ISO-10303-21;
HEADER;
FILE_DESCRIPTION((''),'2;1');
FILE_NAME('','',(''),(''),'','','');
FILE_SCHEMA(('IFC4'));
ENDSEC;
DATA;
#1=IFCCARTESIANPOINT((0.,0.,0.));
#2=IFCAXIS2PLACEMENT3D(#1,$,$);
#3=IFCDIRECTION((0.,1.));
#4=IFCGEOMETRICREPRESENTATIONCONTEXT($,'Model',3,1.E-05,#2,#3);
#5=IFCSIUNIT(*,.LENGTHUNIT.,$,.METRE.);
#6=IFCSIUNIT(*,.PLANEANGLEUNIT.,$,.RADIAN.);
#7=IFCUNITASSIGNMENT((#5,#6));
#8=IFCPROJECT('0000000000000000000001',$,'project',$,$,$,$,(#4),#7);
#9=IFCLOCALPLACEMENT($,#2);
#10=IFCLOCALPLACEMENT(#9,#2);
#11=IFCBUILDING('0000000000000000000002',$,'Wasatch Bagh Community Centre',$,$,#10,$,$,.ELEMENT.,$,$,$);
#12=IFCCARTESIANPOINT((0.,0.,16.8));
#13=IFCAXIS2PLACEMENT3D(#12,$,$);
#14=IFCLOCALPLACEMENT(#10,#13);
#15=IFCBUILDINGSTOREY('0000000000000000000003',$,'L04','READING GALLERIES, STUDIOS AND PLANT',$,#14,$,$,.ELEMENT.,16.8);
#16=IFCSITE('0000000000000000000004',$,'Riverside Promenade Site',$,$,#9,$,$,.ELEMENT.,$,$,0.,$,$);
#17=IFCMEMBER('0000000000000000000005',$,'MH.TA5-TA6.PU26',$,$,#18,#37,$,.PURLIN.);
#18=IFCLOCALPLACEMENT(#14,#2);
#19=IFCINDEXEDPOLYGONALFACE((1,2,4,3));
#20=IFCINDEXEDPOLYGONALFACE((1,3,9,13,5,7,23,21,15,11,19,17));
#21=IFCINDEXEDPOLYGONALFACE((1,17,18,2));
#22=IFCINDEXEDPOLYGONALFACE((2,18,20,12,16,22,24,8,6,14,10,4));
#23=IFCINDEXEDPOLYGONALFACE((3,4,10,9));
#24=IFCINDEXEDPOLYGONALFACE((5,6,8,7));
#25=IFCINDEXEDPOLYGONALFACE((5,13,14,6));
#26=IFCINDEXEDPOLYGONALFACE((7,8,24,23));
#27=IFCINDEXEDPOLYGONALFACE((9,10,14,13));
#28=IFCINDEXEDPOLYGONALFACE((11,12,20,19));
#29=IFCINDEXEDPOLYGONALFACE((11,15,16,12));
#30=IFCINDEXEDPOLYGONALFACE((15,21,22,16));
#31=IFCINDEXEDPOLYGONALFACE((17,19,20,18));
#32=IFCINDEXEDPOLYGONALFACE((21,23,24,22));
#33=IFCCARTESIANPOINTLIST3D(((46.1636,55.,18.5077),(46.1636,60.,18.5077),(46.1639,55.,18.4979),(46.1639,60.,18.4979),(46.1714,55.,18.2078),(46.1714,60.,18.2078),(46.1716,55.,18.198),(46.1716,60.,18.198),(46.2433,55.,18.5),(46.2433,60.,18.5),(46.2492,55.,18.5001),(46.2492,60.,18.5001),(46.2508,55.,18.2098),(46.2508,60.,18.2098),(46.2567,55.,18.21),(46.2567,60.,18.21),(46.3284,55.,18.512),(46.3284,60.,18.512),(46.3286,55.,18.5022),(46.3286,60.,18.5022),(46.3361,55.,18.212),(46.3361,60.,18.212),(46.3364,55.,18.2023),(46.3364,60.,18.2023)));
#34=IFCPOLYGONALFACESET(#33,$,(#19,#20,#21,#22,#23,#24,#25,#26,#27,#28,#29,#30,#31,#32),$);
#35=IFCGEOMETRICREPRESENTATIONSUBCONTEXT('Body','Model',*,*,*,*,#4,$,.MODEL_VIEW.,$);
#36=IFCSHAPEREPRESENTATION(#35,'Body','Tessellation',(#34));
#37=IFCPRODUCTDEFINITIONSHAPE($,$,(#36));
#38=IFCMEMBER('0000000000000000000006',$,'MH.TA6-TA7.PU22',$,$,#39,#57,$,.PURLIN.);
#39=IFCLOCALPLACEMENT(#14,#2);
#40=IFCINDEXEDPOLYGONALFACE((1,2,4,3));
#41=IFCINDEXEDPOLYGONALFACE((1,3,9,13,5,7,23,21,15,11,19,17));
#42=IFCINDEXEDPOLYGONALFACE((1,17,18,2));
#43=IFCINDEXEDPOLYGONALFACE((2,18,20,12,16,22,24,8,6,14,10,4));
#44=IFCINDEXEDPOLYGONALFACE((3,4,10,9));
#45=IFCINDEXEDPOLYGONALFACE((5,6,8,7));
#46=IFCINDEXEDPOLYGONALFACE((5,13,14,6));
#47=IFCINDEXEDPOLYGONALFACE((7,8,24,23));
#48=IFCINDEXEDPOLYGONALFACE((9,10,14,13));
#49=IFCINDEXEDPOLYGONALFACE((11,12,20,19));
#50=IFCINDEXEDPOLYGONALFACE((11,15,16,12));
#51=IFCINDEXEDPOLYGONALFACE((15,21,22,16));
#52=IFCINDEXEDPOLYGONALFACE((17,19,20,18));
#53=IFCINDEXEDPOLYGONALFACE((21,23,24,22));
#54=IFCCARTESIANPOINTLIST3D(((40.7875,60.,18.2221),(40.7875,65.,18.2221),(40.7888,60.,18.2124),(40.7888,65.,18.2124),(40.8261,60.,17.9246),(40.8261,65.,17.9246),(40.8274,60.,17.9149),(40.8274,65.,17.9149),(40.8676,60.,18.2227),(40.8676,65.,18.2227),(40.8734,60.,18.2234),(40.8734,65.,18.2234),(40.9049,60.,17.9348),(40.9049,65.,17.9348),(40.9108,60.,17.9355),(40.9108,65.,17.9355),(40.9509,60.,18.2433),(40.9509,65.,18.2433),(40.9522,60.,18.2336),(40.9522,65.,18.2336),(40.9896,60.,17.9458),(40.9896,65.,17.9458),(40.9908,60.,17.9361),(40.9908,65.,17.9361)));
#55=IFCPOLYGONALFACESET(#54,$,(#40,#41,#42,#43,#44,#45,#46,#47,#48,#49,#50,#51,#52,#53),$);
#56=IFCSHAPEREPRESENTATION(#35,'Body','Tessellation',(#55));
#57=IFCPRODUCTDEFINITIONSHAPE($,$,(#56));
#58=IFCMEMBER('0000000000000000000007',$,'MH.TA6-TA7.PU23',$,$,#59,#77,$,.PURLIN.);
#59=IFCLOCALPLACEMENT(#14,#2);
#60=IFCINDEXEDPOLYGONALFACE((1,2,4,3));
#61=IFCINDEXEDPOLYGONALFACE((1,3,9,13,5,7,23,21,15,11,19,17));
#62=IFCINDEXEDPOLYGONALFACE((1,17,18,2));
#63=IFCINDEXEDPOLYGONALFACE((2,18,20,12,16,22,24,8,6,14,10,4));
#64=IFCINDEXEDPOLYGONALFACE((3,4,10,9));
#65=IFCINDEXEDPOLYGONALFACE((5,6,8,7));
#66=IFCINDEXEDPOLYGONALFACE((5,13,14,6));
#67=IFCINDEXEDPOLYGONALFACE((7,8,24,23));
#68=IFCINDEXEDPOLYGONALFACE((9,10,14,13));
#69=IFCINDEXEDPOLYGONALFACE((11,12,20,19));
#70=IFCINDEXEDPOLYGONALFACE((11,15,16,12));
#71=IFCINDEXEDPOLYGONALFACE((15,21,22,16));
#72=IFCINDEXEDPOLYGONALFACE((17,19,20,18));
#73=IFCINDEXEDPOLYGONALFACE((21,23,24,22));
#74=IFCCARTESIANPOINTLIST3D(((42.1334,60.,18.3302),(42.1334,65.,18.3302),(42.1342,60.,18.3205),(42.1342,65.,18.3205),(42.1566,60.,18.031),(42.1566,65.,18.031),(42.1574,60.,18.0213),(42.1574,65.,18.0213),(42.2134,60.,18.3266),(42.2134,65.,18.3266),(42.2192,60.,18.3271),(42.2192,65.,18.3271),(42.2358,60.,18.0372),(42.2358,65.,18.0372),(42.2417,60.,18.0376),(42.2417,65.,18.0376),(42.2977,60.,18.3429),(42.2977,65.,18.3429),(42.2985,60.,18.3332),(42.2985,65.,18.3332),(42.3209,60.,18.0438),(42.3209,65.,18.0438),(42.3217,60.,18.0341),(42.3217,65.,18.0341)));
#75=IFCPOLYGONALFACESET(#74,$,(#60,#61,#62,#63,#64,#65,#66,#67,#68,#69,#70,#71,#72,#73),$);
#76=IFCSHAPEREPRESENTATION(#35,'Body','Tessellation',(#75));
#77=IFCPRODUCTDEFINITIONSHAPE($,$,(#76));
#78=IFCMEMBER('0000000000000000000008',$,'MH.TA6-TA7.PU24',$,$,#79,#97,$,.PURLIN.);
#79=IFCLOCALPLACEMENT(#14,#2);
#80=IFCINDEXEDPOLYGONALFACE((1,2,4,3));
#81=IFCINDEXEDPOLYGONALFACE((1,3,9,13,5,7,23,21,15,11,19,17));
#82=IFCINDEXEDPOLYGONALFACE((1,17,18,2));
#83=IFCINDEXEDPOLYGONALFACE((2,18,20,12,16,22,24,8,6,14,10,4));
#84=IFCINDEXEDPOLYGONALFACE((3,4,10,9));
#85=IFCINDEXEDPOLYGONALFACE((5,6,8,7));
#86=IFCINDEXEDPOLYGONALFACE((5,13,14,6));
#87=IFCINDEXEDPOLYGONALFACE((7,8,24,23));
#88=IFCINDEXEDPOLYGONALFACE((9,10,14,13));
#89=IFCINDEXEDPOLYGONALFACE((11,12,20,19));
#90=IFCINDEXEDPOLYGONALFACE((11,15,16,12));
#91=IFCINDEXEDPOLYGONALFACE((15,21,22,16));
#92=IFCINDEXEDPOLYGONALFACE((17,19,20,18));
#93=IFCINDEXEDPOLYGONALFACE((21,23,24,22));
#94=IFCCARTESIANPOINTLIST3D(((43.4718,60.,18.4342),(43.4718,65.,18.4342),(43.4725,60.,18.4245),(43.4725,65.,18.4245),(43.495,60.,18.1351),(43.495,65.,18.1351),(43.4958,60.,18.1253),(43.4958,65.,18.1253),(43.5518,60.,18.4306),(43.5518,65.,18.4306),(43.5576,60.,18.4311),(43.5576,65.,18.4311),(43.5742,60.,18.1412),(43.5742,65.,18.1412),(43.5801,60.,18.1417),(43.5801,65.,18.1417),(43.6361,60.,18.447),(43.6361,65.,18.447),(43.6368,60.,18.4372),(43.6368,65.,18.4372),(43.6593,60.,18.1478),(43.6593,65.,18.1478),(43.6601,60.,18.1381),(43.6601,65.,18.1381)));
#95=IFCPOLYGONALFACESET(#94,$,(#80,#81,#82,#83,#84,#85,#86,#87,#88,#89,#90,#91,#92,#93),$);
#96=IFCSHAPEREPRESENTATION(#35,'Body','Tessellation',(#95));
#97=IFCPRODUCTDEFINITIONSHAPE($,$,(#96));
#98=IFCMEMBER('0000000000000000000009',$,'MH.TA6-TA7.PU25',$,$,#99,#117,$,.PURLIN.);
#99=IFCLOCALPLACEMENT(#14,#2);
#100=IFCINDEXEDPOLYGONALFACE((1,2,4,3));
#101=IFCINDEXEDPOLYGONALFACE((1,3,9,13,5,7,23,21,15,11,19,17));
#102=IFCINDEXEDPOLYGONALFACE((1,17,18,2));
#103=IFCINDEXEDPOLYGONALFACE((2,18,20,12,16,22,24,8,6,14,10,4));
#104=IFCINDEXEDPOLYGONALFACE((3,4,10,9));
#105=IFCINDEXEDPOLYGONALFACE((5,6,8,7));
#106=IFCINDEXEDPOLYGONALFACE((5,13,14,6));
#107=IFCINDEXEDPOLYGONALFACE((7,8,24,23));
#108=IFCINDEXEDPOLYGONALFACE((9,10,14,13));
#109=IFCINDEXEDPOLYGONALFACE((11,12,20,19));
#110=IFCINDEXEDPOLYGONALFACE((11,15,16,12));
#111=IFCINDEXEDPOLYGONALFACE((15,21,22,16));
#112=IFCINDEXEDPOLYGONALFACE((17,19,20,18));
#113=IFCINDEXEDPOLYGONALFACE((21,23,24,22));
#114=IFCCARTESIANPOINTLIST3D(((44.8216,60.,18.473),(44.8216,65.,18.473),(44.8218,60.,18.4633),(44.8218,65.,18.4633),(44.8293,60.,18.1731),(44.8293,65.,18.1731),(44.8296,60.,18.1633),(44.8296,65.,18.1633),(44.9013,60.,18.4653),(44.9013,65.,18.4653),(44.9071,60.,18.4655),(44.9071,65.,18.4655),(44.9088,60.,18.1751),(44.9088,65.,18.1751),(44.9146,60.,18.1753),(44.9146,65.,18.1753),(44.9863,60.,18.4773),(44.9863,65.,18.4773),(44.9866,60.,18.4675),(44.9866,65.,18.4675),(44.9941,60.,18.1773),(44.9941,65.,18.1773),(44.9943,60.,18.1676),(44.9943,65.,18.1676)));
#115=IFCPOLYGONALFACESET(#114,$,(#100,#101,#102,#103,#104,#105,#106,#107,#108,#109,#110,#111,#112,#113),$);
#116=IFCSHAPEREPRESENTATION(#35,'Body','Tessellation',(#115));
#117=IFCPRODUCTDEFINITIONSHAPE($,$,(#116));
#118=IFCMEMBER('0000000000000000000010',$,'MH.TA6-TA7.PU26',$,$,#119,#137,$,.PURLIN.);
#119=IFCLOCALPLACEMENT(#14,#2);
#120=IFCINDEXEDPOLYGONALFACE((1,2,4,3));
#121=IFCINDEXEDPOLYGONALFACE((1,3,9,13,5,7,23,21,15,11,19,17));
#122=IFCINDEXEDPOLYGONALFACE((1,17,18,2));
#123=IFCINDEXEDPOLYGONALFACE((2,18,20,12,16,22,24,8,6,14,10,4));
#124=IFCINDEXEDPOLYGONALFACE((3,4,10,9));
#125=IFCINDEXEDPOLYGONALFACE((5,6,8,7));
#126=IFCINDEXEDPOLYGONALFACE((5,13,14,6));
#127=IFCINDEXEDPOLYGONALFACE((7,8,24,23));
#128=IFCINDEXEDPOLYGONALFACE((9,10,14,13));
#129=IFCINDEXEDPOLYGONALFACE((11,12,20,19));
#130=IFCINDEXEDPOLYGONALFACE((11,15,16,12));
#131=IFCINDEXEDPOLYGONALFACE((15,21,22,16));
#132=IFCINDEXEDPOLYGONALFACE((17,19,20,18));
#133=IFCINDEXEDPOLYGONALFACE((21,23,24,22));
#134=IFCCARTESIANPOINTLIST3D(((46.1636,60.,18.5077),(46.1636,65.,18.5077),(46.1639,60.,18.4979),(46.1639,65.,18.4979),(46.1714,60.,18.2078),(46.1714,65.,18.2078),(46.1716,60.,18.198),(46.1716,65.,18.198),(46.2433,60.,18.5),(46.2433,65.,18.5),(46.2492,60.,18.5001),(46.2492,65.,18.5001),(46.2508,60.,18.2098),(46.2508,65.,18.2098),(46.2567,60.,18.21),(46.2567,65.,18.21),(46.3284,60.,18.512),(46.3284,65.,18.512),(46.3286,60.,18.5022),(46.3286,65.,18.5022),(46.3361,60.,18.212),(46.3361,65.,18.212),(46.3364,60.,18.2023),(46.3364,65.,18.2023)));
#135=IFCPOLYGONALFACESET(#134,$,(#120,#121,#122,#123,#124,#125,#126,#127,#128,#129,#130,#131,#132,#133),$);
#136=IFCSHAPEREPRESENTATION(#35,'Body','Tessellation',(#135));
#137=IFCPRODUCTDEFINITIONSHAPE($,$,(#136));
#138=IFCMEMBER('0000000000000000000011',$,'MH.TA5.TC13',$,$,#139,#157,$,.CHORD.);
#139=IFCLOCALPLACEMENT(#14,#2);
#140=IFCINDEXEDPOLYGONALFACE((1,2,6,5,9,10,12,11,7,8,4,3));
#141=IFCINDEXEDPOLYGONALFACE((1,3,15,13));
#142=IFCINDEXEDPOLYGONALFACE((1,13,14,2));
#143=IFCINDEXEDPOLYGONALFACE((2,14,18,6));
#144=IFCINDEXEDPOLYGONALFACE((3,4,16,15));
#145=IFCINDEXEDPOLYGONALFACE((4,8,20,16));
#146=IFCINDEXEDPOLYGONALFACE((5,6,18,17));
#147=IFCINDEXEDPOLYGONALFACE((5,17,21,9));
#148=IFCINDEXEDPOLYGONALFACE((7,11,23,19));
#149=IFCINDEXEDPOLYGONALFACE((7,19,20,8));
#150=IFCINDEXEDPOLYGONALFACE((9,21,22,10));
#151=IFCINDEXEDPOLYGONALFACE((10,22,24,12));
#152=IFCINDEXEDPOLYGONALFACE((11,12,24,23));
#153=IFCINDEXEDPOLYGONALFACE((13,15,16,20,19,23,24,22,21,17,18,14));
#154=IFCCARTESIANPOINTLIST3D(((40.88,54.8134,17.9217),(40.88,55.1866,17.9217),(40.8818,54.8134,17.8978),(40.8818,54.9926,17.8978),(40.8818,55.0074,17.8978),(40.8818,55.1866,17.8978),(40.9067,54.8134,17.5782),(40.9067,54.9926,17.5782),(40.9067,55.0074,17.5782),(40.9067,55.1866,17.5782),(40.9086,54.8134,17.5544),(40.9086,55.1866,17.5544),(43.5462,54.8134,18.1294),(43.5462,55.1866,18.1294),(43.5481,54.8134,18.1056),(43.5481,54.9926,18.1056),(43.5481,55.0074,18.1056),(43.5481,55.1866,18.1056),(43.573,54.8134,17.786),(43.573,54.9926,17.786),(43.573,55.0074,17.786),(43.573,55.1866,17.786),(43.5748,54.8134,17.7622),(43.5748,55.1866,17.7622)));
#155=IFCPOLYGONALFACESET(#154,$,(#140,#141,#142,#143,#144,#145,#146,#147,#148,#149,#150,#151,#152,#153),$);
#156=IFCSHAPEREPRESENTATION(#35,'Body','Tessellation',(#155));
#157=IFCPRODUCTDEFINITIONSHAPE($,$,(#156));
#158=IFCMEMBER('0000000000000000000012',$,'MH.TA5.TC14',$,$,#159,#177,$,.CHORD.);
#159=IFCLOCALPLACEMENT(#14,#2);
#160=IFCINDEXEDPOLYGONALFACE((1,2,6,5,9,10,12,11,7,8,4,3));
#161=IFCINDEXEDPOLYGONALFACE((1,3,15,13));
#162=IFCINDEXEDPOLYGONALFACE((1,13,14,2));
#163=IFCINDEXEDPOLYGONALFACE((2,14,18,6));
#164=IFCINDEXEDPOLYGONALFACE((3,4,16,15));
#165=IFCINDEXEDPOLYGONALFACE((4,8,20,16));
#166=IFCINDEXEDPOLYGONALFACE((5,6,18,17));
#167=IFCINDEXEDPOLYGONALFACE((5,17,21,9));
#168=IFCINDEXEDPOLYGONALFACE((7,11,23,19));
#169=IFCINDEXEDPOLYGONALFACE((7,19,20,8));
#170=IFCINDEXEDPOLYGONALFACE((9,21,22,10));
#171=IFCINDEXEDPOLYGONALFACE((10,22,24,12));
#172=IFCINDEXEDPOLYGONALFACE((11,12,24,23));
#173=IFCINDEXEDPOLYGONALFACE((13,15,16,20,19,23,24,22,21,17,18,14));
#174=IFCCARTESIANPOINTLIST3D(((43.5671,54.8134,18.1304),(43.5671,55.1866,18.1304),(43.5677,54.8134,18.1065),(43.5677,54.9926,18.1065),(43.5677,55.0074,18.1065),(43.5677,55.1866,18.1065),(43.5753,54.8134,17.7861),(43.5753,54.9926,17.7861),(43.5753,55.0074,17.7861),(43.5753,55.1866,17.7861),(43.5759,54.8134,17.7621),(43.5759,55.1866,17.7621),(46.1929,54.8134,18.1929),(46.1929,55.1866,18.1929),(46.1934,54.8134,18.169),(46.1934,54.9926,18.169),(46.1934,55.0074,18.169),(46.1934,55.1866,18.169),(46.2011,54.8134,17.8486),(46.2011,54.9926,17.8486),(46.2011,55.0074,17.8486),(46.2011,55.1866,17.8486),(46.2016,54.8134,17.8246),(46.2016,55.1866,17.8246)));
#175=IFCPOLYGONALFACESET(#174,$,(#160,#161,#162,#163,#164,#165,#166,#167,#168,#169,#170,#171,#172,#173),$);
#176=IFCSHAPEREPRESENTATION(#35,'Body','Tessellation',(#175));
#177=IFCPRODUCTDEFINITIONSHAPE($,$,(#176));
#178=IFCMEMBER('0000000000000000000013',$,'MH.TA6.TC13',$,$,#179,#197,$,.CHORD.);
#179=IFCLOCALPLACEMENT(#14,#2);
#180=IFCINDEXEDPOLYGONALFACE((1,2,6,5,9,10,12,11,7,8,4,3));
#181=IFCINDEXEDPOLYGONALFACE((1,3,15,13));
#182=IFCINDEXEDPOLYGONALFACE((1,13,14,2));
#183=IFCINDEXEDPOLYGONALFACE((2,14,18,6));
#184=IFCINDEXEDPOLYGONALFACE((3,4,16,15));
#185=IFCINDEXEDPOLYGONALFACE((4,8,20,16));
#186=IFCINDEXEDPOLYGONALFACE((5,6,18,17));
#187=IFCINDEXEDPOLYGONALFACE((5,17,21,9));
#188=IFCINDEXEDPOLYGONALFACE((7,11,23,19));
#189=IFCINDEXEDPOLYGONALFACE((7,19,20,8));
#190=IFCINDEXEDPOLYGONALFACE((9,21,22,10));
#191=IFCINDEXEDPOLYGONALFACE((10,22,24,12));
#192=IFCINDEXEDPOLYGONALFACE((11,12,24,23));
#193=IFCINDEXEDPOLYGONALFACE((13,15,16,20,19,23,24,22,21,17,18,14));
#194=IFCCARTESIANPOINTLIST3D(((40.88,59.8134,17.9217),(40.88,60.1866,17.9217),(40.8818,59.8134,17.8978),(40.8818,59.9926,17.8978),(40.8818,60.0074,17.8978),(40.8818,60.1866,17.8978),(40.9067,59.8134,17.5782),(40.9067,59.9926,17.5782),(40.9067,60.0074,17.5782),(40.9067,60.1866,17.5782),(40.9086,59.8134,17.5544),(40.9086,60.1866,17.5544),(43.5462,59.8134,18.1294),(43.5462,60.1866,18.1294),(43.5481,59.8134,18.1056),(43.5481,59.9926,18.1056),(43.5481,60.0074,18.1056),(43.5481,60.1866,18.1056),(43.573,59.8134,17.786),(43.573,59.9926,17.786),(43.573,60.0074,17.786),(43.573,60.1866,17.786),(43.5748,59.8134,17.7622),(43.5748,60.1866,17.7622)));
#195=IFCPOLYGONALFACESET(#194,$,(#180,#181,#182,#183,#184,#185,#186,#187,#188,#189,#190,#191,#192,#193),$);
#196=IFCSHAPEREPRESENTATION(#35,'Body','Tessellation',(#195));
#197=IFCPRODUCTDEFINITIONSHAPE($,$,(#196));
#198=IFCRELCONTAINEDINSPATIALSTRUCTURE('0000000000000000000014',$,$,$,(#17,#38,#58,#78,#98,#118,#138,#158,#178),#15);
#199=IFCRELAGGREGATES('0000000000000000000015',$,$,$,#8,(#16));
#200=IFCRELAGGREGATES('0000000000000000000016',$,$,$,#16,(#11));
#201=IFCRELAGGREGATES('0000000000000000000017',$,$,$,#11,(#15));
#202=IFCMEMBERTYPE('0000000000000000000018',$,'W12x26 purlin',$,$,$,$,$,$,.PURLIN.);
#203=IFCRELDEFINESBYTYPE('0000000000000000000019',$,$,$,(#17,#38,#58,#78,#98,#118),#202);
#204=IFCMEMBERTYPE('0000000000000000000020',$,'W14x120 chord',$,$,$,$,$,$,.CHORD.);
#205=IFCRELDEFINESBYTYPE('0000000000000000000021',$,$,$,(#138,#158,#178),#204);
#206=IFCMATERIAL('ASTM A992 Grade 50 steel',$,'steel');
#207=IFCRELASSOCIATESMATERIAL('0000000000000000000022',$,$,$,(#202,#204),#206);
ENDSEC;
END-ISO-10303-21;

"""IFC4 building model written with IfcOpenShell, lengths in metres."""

from ifc_helpers import new_model, si_unit, direction, frame, origin, origin_2d, place, context, subcontext, project, spatial, i_section, extrude, material, material_profile, profile_set, type_object, element, save


model = new_model("IFC4")

# Units and contexts
model_context = context("Model", 3, precision=1e-05, world=origin(), true_north=direction((0.0, 1.0)))
body_context = subcontext(model_context, "Body", "Model", "MODEL_VIEW")
ifc_project = project(units=[si_unit("LENGTHUNIT", "METRE"), si_unit("PLANEANGLEUNIT", "RADIAN")], contexts=[model_context])

# Site, building, storey
site_placement = place(None, origin())
site = spatial("IfcSite", under=ifc_project, at=site_placement, Name="Riverside Promenade Site", CompositionType="ELEMENT", RefElevation=0.0)
building_placement = place(site_placement, origin())
building = spatial("IfcBuilding", under=site, at=building_placement, Name="Wasatch Bagh Community Centre", CompositionType="ELEMENT")
storey_placement = place(building_placement, frame((0.0, 0.0, 16.8)))
storey = spatial("IfcBuildingStorey", under=building, at=storey_placement, Name="L04", Description="READING GALLERIES, STUDIOS AND PLANT", CompositionType="ELEMENT", Elevation=16.8)

# Members
ifc_material_1 = material(Name="ASTM A992 Grade 50 steel", Category="steel")
ifc_material_profile_1 = material_profile(ifc_material_1, i_section(OverallWidth=0.1648, OverallDepth=0.3098, WebThickness=0.0059, FlangeThickness=0.0098, at=origin_2d()), Name="W12x26")
ifc_profile_set_1 = profile_set([ifc_material_profile_1], Name="ASTM A992 Grade 50 steel")
member_type_1 = type_object("IfcMemberType", Name="W12x26 purlin", PredefinedType="PURLIN", material=ifc_profile_set_1)
for number, where, z_axis, x_axis, name in (
    (1, (46.25, 55.0, 18.355), (0.0, 1.0, 0.0), (-0.999667, 0.0, -0.025817), "MH.TA5-TA6.PU26"),
    (2, (40.8892, 60.0, 18.0791), (0.0, 1.0, 0.0), (-0.991678, 0.0, -0.12874), "MH.TA6-TA7.PU22"),
    (3, (42.2275, 60.0, 18.1821), (0.0, 1.0, 0.0), (-0.997002, 0.0, -0.077382), "MH.TA6-TA7.PU23"),
    (4, (43.5659, 60.0, 18.2861), (0.0, 1.0, 0.0), (-0.997002, 0.0, -0.077382), "MH.TA6-TA7.PU24"),
    (5, (44.908, 60.0, 18.3203), (0.0, 1.0, 0.0), (-0.999667, 0.0, -0.025817), "MH.TA6-TA7.PU25"),
    (6, (46.25, 60.0, 18.355), (0.0, 1.0, 0.0), (-0.999667, 0.0, -0.025817), "MH.TA6-TA7.PU26"),
):
    element("IfcMember", number, at=place(storey_placement, frame(where, z_axis=z_axis, x_axis=x_axis)), inside=storey, type_object=member_type_1, Name=name, PredefinedType="PURLIN", context=body_context, shape_type="SweptSolid", body=[
        extrude(i_section(OverallWidth=0.1648, OverallDepth=0.3098, WebThickness=0.0059, FlangeThickness=0.0098, at=origin_2d()), origin(), (0.0, 0.0, 1.0), 5.0),
    ])
ifc_material_profile_2 = material_profile(ifc_material_1, i_section(OverallWidth=0.3733, OverallDepth=0.3684, WebThickness=0.0149, FlangeThickness=0.0239, at=origin_2d()), Name="W14x120")
ifc_profile_set_2 = profile_set([ifc_material_profile_2], Name="ASTM A992 Grade 50 steel")
member_type_2 = type_object("IfcMemberType", Name="W14x120 chord", PredefinedType="CHORD", material=ifc_profile_set_2)
member_1_placement = place(storey_placement, frame((40.8943, 55.0, 17.738), z_axis=(0.996978, 0.0, 0.077688), x_axis=(0.0, 1.0, 0.0)))
element("IfcMember", 7, at=member_1_placement, inside=storey, type_object=member_type_2, Name="MH.TA5.TC13", PredefinedType="CHORD", context=body_context, shape_type="SweptSolid", body=[
    extrude(i_section(OverallWidth=0.3733, OverallDepth=0.3684, WebThickness=0.0149, FlangeThickness=0.0239, at=origin_2d()), origin(), (0.0, 0.0, 1.0), 2.6743),
])
member_2_placement = place(storey_placement, frame((43.5715, 55.0, 17.9463), z_axis=(0.999717, 0.0, 0.023796), x_axis=(0.0, 1.0, 0.0)))
element("IfcMember", 8, at=member_2_placement, inside=storey, type_object=member_type_2, Name="MH.TA5.TC14", PredefinedType="CHORD", context=body_context, shape_type="SweptSolid", body=[
    extrude(i_section(OverallWidth=0.3733, OverallDepth=0.3684, WebThickness=0.0149, FlangeThickness=0.0239, at=origin_2d()), origin(), (0.0, 0.0, 1.0), 2.6265),
])
member_3_placement = place(storey_placement, frame((40.8943, 60.0, 17.738), z_axis=(0.996978, 0.0, 0.077688), x_axis=(0.0, 1.0, 0.0)))
element("IfcMember", 9, at=member_3_placement, inside=storey, type_object=member_type_2, Name="MH.TA6.TC13", PredefinedType="CHORD", context=body_context, shape_type="SweptSolid", body=[
    extrude(i_section(OverallWidth=0.3733, OverallDepth=0.3684, WebThickness=0.0149, FlangeThickness=0.0239, at=origin_2d()), origin(), (0.0, 0.0, 1.0), 2.6743),
])

save(model, "model.ifc")
